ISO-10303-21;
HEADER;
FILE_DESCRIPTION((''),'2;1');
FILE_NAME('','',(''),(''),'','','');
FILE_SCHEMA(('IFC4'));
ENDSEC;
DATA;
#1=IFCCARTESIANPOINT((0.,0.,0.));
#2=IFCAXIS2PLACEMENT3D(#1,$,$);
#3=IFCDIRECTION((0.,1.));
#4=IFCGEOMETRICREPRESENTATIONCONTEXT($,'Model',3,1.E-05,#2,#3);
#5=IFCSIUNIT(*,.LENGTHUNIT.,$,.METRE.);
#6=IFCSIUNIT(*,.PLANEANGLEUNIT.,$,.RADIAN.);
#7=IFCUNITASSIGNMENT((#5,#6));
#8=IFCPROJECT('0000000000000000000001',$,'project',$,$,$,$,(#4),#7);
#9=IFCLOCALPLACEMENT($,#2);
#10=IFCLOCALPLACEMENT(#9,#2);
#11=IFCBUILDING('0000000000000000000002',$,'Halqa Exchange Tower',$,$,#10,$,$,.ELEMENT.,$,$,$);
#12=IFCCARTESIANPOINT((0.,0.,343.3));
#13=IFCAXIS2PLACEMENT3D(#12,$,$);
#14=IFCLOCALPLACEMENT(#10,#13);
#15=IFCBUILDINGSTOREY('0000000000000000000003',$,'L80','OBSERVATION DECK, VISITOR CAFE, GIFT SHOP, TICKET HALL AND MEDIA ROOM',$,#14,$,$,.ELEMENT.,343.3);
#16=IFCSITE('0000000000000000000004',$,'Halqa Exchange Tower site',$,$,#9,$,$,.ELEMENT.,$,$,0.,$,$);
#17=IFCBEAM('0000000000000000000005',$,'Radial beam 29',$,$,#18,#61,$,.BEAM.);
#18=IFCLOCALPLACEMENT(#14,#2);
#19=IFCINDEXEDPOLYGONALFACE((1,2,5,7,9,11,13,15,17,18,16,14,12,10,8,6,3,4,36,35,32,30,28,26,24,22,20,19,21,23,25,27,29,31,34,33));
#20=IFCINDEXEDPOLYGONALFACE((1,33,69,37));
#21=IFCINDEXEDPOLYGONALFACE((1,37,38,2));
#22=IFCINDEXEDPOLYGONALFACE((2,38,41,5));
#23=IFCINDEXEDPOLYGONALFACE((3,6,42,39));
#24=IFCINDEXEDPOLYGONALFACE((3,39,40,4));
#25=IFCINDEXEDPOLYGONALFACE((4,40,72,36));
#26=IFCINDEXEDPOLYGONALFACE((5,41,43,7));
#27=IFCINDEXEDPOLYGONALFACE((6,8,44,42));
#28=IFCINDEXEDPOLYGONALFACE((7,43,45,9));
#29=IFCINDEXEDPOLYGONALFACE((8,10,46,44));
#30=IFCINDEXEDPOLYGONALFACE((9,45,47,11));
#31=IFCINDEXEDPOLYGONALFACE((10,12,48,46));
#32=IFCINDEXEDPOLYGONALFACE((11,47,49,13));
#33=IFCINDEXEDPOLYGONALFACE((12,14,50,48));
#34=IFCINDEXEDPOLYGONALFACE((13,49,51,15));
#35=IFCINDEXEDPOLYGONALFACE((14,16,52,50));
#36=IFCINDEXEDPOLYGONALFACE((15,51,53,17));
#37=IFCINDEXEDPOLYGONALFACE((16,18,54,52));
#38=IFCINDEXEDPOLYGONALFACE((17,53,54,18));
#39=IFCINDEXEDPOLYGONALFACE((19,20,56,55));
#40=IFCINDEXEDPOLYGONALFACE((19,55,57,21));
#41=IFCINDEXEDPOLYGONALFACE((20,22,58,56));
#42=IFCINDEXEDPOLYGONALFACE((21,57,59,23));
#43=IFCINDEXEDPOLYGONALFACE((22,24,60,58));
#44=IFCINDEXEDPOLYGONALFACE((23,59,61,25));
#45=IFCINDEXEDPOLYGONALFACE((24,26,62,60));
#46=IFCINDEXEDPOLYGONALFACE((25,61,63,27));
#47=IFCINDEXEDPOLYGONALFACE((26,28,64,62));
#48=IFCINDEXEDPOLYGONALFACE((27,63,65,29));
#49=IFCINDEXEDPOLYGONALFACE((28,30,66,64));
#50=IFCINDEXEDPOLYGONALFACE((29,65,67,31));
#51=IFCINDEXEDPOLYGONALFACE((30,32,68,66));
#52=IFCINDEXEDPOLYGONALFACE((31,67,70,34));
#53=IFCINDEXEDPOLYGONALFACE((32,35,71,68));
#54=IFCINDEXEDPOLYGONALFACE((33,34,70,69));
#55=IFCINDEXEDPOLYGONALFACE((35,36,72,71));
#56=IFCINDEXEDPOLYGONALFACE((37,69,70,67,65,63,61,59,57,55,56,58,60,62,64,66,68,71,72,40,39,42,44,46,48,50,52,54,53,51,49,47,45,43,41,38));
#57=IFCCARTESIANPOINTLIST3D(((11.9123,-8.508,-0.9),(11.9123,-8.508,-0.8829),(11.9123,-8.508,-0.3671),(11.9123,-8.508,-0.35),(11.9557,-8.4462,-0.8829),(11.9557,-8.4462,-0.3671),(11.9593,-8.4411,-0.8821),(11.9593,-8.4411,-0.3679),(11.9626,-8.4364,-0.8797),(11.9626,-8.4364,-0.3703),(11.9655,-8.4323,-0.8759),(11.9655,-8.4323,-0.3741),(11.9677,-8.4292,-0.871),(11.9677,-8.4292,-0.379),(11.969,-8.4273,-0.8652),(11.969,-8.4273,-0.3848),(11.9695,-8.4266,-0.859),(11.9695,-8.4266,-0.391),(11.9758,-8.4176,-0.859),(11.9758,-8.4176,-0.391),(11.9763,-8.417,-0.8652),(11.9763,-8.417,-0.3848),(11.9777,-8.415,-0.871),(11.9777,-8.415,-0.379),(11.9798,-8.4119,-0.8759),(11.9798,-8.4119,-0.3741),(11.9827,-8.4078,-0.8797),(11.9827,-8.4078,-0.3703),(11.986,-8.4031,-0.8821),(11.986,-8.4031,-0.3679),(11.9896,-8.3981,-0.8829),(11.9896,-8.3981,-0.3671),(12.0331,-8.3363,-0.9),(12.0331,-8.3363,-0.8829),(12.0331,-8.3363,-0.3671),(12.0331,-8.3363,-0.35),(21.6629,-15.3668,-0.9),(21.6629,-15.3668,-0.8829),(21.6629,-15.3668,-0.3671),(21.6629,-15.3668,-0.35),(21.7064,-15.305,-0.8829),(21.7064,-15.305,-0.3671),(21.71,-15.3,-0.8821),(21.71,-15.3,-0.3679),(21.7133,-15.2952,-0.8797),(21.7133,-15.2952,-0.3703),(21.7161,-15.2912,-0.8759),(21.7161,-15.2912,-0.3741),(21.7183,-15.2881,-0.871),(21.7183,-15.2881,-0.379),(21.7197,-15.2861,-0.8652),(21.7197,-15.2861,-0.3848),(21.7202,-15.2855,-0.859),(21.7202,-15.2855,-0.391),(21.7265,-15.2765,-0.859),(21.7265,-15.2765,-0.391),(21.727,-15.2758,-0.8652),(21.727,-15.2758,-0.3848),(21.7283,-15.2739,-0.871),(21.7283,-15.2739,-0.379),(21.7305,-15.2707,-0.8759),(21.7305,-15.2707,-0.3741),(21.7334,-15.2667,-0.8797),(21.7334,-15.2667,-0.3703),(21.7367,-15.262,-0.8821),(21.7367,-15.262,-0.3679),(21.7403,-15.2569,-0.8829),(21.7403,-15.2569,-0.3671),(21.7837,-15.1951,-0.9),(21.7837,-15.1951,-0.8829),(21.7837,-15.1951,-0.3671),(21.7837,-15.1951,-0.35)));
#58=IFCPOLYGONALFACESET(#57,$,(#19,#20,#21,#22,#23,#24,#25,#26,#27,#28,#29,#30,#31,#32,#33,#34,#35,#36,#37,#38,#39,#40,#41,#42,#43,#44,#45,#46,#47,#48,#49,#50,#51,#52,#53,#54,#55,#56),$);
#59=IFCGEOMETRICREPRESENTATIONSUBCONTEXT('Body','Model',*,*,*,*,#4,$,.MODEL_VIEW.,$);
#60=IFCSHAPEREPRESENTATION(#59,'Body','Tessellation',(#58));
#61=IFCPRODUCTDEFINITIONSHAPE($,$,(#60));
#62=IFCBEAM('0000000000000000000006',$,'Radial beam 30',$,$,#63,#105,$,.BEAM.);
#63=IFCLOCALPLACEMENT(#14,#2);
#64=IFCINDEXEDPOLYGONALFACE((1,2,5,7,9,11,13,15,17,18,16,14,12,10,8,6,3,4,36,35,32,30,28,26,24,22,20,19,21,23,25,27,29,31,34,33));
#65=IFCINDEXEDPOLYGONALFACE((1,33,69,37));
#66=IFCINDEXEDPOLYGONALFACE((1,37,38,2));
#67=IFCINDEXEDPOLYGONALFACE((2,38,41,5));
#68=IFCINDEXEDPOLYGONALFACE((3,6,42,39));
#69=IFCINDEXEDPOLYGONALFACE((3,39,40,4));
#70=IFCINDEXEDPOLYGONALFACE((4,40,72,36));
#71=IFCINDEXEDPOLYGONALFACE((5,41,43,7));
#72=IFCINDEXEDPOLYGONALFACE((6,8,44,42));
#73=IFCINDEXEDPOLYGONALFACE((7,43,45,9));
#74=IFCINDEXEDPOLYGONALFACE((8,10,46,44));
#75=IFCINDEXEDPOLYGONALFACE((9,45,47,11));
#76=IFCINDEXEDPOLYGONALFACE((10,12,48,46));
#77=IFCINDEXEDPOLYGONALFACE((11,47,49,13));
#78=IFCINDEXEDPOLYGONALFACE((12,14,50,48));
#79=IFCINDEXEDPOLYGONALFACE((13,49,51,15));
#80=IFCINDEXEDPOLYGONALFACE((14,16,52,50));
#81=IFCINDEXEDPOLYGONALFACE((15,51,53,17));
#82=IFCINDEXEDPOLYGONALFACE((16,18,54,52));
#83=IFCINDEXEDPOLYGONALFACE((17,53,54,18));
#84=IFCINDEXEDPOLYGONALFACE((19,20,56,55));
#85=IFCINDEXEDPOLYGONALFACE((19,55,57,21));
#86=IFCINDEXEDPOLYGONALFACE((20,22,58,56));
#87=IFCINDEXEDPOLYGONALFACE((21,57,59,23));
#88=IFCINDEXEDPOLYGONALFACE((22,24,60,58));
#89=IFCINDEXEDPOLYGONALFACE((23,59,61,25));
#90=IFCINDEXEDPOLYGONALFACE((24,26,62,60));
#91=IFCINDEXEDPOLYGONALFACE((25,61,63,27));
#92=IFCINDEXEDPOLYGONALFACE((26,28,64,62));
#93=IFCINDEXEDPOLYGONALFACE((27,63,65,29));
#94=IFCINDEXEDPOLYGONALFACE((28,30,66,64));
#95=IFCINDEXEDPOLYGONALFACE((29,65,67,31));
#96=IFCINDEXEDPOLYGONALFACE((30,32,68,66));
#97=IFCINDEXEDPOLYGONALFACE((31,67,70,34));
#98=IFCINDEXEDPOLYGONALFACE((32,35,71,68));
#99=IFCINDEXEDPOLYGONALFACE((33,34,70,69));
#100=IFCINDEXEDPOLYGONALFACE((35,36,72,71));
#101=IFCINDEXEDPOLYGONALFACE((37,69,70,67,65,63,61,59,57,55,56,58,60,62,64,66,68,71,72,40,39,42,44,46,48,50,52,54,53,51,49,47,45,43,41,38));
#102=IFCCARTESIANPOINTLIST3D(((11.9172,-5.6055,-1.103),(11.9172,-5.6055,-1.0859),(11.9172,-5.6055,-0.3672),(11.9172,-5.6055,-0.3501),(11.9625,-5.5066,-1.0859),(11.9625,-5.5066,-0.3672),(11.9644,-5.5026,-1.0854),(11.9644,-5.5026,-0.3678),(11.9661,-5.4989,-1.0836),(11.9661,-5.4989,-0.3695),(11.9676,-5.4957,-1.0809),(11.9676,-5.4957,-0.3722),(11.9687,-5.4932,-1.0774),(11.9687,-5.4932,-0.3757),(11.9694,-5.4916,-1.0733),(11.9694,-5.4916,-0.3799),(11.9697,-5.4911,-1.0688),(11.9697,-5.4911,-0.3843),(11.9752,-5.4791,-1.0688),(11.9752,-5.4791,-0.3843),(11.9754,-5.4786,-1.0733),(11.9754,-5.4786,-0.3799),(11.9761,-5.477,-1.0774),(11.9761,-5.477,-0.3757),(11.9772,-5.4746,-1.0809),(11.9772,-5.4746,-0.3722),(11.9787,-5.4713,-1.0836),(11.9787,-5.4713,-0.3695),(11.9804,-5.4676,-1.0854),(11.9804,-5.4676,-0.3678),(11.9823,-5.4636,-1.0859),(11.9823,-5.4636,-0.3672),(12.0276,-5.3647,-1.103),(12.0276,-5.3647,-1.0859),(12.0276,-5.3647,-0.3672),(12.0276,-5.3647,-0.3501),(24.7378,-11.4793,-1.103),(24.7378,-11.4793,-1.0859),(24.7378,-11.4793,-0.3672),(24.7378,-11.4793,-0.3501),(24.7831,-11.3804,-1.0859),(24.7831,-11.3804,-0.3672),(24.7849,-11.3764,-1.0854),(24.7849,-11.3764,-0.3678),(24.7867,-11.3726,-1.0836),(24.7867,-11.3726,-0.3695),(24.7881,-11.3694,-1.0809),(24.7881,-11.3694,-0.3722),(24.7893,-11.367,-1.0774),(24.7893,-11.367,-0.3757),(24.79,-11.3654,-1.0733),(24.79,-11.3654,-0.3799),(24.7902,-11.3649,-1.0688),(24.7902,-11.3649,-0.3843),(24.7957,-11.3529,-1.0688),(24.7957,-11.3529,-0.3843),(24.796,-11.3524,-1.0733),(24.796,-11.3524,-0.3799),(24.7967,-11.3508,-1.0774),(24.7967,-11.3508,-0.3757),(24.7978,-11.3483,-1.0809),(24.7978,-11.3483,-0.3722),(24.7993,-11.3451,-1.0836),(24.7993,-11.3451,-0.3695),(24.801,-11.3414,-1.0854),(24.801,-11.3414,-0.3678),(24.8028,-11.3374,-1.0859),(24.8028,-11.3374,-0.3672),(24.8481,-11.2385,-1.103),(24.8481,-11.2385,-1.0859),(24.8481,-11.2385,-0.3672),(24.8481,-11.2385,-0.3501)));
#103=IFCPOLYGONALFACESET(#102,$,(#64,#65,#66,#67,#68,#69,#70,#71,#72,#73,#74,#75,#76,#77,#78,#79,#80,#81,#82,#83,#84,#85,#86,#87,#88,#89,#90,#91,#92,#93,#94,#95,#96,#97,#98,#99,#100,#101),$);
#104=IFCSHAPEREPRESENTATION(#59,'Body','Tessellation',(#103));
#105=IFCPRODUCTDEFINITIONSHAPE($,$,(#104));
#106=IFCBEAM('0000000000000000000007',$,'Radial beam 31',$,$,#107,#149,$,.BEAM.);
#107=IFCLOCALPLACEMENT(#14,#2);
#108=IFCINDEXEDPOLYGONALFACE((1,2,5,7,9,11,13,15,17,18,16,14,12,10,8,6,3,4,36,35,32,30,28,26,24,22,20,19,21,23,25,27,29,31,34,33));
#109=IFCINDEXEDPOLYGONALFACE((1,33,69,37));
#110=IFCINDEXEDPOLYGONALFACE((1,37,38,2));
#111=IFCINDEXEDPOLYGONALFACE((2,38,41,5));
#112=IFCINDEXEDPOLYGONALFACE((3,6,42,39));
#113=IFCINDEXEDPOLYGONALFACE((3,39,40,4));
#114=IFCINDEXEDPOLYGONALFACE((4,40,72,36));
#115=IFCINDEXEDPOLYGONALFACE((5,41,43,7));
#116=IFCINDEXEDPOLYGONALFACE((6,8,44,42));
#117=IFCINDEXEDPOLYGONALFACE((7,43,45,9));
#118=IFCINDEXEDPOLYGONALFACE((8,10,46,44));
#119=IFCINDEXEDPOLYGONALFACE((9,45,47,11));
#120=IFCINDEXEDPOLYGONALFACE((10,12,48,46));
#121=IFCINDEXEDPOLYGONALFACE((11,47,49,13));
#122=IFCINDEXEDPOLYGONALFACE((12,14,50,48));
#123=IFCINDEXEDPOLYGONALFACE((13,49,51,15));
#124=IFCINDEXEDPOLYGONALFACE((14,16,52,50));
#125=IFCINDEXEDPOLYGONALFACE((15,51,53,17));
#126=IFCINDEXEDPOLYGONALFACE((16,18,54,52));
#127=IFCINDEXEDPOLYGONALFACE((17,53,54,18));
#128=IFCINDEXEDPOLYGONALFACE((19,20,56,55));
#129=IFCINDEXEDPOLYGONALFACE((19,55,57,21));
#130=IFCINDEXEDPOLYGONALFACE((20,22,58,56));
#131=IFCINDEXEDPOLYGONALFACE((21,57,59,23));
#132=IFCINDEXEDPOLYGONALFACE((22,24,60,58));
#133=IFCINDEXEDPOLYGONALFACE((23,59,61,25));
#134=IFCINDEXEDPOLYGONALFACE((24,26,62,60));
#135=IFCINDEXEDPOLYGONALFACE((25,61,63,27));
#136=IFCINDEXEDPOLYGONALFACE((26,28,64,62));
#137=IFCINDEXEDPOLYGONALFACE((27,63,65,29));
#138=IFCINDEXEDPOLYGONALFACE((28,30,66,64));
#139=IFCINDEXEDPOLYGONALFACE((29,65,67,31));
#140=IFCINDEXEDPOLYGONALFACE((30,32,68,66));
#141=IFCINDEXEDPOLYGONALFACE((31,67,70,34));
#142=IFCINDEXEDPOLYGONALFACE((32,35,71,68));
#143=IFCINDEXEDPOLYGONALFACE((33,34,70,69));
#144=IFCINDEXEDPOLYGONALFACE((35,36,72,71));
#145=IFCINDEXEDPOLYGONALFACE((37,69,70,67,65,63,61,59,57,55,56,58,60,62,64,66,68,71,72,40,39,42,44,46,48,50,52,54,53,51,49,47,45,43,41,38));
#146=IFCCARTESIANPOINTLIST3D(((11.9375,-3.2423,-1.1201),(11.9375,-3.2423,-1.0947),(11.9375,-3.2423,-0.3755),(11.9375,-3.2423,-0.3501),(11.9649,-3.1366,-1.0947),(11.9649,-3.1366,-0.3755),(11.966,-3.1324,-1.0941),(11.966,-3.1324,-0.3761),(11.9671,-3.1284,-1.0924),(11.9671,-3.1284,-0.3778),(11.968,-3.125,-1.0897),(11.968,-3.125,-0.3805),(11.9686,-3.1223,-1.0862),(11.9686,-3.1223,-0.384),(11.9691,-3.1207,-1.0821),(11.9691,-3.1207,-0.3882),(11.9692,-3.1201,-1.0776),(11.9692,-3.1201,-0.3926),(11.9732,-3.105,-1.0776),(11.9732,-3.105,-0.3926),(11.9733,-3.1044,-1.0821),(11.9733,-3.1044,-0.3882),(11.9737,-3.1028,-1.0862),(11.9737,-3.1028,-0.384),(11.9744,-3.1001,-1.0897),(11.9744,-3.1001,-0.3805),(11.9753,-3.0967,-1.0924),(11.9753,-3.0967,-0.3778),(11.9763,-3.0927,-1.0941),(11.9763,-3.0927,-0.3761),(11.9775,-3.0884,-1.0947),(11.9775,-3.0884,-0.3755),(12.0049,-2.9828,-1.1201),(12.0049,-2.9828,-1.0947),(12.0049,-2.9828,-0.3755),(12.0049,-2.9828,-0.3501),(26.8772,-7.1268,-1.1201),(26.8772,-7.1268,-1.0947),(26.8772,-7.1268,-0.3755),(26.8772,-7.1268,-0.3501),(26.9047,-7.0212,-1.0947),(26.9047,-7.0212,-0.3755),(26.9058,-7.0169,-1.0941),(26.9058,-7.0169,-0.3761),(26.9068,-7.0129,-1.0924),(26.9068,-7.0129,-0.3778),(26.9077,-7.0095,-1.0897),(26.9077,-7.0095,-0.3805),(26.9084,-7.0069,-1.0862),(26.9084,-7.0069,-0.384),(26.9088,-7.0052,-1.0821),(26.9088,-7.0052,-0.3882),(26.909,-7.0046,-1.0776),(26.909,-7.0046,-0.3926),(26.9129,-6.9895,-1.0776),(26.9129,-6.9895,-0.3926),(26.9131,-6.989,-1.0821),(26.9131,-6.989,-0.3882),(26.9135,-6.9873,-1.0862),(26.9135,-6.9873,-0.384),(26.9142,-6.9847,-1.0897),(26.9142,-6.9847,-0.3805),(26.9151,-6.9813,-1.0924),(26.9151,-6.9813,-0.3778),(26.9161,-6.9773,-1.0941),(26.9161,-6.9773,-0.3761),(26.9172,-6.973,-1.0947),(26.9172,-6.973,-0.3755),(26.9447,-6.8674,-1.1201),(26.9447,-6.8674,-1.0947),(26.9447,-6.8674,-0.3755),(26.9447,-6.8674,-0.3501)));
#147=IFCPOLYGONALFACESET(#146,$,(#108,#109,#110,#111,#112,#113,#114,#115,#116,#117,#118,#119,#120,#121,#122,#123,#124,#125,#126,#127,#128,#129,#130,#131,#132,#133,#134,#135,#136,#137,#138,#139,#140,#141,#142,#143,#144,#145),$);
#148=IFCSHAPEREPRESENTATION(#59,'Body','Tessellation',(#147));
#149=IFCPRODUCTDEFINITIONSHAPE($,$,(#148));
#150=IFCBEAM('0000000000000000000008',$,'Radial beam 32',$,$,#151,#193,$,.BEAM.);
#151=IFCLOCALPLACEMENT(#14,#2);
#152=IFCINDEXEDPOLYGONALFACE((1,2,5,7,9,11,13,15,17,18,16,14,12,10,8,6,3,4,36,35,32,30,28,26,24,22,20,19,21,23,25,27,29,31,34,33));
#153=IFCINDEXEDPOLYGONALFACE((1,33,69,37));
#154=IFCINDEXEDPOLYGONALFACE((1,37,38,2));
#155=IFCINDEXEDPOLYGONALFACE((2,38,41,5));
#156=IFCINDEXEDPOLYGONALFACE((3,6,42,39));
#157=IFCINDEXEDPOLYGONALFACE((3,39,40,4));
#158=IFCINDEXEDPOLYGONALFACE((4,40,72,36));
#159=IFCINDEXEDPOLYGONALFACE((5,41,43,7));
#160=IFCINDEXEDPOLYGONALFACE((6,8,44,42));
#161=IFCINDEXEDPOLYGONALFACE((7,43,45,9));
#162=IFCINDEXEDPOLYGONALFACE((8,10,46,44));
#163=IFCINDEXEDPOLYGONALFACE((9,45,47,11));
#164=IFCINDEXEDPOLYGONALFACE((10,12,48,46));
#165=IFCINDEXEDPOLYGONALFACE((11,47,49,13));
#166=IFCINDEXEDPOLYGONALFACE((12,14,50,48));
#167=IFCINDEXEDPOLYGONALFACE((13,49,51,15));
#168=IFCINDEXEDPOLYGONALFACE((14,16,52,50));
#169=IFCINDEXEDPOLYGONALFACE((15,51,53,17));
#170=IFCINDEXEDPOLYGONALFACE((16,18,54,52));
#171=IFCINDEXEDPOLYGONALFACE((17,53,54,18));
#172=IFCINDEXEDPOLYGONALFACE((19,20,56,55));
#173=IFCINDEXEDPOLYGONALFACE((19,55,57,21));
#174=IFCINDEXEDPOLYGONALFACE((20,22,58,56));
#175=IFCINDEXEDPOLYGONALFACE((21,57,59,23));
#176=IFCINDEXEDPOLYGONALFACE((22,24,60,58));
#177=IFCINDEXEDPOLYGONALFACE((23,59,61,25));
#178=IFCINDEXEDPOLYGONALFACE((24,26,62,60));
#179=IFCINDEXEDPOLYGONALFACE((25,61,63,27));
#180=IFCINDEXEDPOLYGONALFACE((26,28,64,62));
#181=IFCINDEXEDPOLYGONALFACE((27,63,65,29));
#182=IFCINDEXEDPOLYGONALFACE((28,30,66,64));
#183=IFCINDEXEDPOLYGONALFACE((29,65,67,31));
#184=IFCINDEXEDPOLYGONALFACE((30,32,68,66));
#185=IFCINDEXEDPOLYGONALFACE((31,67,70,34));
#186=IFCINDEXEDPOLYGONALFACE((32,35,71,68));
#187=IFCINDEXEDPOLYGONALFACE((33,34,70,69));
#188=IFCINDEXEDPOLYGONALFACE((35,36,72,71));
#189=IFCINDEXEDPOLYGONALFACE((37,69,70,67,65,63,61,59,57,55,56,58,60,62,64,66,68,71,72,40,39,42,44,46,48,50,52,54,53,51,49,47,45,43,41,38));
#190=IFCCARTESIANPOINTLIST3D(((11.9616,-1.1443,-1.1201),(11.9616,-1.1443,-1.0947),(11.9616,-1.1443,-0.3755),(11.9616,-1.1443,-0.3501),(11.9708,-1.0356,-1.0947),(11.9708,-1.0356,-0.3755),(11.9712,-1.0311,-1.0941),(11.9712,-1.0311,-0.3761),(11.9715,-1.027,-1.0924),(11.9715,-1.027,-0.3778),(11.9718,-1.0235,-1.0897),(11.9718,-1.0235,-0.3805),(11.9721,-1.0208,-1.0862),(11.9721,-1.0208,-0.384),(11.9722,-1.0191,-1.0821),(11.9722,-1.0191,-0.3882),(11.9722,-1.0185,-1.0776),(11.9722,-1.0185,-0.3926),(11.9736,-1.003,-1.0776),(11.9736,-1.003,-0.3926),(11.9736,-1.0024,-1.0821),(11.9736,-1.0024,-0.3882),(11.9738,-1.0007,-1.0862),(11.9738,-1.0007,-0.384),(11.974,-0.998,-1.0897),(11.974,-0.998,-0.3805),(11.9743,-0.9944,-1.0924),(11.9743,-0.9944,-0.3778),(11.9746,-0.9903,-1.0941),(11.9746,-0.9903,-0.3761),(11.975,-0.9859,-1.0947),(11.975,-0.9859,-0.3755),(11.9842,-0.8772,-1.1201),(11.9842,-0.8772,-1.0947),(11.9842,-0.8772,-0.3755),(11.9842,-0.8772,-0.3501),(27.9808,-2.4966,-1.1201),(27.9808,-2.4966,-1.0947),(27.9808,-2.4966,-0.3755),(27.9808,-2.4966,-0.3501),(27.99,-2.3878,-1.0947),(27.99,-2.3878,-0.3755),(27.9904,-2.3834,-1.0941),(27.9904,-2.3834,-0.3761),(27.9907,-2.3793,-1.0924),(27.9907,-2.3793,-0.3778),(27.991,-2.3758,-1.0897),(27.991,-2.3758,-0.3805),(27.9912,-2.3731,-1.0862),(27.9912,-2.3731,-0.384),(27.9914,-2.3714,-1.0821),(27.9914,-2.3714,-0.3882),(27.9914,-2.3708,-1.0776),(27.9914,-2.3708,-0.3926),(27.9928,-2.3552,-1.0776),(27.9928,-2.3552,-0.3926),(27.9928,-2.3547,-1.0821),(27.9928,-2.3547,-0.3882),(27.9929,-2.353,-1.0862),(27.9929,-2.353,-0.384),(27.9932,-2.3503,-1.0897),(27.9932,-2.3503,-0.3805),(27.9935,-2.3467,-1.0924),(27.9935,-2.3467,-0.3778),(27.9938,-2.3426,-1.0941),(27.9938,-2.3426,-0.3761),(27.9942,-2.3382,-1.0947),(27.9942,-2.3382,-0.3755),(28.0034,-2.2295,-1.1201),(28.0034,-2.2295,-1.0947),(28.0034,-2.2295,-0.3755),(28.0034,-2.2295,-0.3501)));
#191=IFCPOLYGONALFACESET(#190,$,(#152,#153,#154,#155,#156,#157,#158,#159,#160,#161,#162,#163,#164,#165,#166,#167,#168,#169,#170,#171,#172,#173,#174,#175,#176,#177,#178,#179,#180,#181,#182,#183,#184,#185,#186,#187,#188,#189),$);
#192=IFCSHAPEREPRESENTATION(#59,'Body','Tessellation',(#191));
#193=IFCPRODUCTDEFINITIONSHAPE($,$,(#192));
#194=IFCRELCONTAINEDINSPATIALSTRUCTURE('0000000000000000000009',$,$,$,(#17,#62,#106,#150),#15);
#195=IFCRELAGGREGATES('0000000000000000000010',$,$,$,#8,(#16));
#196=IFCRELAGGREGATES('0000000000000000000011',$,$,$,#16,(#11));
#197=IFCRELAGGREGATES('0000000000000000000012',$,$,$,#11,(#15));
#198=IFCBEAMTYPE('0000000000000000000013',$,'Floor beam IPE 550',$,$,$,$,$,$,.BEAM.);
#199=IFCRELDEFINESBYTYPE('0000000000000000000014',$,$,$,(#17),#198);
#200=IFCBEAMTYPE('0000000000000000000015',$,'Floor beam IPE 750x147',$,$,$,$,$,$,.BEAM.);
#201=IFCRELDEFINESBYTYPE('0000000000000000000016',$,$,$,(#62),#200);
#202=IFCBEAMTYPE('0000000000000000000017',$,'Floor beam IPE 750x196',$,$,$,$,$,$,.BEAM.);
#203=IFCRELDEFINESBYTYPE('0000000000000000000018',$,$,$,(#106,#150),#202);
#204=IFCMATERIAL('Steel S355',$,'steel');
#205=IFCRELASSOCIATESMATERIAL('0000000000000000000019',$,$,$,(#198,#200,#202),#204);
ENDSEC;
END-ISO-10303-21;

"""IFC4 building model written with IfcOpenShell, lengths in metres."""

from ifc_helpers import new_model, si_unit, direction, frame, origin, origin_2d, place, context, subcontext, project, spatial, i_section, extrude, material, material_profile, profile_set, type_object, element, save


model = new_model("IFC4")

# Units and contexts
model_context = context("Model", 3, precision=1e-05, world=origin(), true_north=direction((0.0, 1.0)))
body_context = subcontext(model_context, "Body", "Model", "MODEL_VIEW")
ifc_project = project(units=[si_unit("LENGTHUNIT", "METRE"), si_unit("PLANEANGLEUNIT", "RADIAN")], contexts=[model_context])

# Site, building, storey
site_placement = place(None, origin())
site = spatial("IfcSite", under=ifc_project, at=site_placement, Name="Halqa Exchange Tower site", CompositionType="ELEMENT", RefElevation=0.0)
building_placement = place(site_placement, origin())
building = spatial("IfcBuilding", under=site, at=building_placement, Name="Halqa Exchange Tower", CompositionType="ELEMENT")
storey_placement = place(building_placement, frame((0.0, 0.0, 343.3)))
storey = spatial("IfcBuildingStorey", under=building, at=storey_placement, Name="L80", Description="OBSERVATION DECK, VISITOR CAFE, GIFT SHOP, TICKET HALL AND MEDIA ROOM", CompositionType="ELEMENT", Elevation=343.3)

# Beams
ifc_material_1 = material(Name="Steel S355", Category="steel")
ifc_material_profile_1 = material_profile(ifc_material_1, i_section(OverallWidth=0.21, OverallDepth=0.55, WebThickness=0.011, FlangeThickness=0.0171, FilletRadius=0.0239, at=origin_2d()), Name="IPE 550")
ifc_profile_set_1 = profile_set([ifc_material_profile_1], Name="Steel S355")
beam_type_1 = type_object("IfcBeamType", Name="Floor beam IPE 550", PredefinedType="BEAM", material=ifc_profile_set_1)
beam_1_placement = place(storey_placement, frame((11.9727, -8.4221, -0.625), z_axis=(0.817915, -0.57534, 0.0), x_axis=(0.57534, 0.817915, 0.0)))
element("IfcBeam", 1, at=beam_1_placement, inside=storey, type_object=beam_type_1, Name="Radial beam 29", PredefinedType="BEAM", context=body_context, shape_type="SweptSolid", body=[
    extrude(i_section(OverallWidth=0.21, OverallDepth=0.55, WebThickness=0.011, FlangeThickness=0.0171, FilletRadius=0.0239, at=origin_2d()), origin(), (0.0, 0.0, 1.0), 11.9214),
])
ifc_material_profile_2 = material_profile(ifc_material_1, i_section(OverallWidth=0.2649, OverallDepth=0.7529, WebThickness=0.0132, FlangeThickness=0.0171, FilletRadius=0.0171, at=origin_2d()), Name="IPE 750x147")
ifc_profile_set_2 = profile_set([ifc_material_profile_2], Name="Steel S355")
beam_type_2 = type_object("IfcBeamType", Name="Floor beam IPE 750x147", PredefinedType="BEAM", material=ifc_profile_set_2)
beam_2_placement = place(storey_placement, frame((11.9724, -5.4851, -0.7266), z_axis=(0.909127, -0.416519, 0.0), x_axis=(0.416519, 0.909127, 0.0)))
element("IfcBeam", 2, at=beam_2_placement, inside=storey, type_object=beam_type_2, Name="Radial beam 30", PredefinedType="BEAM", context=body_context, shape_type="SweptSolid", body=[
    extrude(i_section(OverallWidth=0.2649, OverallDepth=0.7529, WebThickness=0.0132, FlangeThickness=0.0171, FilletRadius=0.0171, at=origin_2d()), origin(), (0.0, 0.0, 1.0), 14.1021),
])
ifc_material_profile_3 = material_profile(ifc_material_1, i_section(OverallWidth=0.2681, OverallDepth=0.77, WebThickness=0.0156, FlangeThickness=0.0254, FilletRadius=0.0171, at=origin_2d()), Name="IPE 750x196")
ifc_profile_set_3 = profile_set([ifc_material_profile_3], Name="Steel S355")
beam_type_3 = type_object("IfcBeamType", Name="Floor beam IPE 750x196", PredefinedType="BEAM", material=ifc_profile_set_3)
beam_3_placement = place(storey_placement, frame((11.9712, -3.1125, -0.7351), z_axis=(0.967819, -0.251646, 0.0), x_axis=(0.251646, 0.967819, 0.0)))
element("IfcBeam", 3, at=beam_3_placement, inside=storey, type_object=beam_type_3, Name="Radial beam 31", PredefinedType="BEAM", context=body_context, shape_type="SweptSolid", body=[
    extrude(i_section(OverallWidth=0.2681, OverallDepth=0.77, WebThickness=0.0156, FlangeThickness=0.0254, FilletRadius=0.0171, at=origin_2d()), origin(), (0.0, 0.0, 1.0), 15.4365),
])
beam_4_placement = place(storey_placement, frame((11.9729, -1.0107, -0.7351), z_axis=(0.996456, -0.084117, 0.0), x_axis=(0.084117, 0.996456, 0.0)))
element("IfcBeam", 4, at=beam_4_placement, inside=storey, type_object=beam_type_3, Name="Radial beam 32", PredefinedType="BEAM", context=body_context, shape_type="SweptSolid", body=[
    extrude(i_section(OverallWidth=0.2681, OverallDepth=0.77, WebThickness=0.0156, FlangeThickness=0.0254, FilletRadius=0.0171, at=origin_2d()), origin(), (0.0, 0.0, 1.0), 16.0762),
])

save(model, "model.ifc")
